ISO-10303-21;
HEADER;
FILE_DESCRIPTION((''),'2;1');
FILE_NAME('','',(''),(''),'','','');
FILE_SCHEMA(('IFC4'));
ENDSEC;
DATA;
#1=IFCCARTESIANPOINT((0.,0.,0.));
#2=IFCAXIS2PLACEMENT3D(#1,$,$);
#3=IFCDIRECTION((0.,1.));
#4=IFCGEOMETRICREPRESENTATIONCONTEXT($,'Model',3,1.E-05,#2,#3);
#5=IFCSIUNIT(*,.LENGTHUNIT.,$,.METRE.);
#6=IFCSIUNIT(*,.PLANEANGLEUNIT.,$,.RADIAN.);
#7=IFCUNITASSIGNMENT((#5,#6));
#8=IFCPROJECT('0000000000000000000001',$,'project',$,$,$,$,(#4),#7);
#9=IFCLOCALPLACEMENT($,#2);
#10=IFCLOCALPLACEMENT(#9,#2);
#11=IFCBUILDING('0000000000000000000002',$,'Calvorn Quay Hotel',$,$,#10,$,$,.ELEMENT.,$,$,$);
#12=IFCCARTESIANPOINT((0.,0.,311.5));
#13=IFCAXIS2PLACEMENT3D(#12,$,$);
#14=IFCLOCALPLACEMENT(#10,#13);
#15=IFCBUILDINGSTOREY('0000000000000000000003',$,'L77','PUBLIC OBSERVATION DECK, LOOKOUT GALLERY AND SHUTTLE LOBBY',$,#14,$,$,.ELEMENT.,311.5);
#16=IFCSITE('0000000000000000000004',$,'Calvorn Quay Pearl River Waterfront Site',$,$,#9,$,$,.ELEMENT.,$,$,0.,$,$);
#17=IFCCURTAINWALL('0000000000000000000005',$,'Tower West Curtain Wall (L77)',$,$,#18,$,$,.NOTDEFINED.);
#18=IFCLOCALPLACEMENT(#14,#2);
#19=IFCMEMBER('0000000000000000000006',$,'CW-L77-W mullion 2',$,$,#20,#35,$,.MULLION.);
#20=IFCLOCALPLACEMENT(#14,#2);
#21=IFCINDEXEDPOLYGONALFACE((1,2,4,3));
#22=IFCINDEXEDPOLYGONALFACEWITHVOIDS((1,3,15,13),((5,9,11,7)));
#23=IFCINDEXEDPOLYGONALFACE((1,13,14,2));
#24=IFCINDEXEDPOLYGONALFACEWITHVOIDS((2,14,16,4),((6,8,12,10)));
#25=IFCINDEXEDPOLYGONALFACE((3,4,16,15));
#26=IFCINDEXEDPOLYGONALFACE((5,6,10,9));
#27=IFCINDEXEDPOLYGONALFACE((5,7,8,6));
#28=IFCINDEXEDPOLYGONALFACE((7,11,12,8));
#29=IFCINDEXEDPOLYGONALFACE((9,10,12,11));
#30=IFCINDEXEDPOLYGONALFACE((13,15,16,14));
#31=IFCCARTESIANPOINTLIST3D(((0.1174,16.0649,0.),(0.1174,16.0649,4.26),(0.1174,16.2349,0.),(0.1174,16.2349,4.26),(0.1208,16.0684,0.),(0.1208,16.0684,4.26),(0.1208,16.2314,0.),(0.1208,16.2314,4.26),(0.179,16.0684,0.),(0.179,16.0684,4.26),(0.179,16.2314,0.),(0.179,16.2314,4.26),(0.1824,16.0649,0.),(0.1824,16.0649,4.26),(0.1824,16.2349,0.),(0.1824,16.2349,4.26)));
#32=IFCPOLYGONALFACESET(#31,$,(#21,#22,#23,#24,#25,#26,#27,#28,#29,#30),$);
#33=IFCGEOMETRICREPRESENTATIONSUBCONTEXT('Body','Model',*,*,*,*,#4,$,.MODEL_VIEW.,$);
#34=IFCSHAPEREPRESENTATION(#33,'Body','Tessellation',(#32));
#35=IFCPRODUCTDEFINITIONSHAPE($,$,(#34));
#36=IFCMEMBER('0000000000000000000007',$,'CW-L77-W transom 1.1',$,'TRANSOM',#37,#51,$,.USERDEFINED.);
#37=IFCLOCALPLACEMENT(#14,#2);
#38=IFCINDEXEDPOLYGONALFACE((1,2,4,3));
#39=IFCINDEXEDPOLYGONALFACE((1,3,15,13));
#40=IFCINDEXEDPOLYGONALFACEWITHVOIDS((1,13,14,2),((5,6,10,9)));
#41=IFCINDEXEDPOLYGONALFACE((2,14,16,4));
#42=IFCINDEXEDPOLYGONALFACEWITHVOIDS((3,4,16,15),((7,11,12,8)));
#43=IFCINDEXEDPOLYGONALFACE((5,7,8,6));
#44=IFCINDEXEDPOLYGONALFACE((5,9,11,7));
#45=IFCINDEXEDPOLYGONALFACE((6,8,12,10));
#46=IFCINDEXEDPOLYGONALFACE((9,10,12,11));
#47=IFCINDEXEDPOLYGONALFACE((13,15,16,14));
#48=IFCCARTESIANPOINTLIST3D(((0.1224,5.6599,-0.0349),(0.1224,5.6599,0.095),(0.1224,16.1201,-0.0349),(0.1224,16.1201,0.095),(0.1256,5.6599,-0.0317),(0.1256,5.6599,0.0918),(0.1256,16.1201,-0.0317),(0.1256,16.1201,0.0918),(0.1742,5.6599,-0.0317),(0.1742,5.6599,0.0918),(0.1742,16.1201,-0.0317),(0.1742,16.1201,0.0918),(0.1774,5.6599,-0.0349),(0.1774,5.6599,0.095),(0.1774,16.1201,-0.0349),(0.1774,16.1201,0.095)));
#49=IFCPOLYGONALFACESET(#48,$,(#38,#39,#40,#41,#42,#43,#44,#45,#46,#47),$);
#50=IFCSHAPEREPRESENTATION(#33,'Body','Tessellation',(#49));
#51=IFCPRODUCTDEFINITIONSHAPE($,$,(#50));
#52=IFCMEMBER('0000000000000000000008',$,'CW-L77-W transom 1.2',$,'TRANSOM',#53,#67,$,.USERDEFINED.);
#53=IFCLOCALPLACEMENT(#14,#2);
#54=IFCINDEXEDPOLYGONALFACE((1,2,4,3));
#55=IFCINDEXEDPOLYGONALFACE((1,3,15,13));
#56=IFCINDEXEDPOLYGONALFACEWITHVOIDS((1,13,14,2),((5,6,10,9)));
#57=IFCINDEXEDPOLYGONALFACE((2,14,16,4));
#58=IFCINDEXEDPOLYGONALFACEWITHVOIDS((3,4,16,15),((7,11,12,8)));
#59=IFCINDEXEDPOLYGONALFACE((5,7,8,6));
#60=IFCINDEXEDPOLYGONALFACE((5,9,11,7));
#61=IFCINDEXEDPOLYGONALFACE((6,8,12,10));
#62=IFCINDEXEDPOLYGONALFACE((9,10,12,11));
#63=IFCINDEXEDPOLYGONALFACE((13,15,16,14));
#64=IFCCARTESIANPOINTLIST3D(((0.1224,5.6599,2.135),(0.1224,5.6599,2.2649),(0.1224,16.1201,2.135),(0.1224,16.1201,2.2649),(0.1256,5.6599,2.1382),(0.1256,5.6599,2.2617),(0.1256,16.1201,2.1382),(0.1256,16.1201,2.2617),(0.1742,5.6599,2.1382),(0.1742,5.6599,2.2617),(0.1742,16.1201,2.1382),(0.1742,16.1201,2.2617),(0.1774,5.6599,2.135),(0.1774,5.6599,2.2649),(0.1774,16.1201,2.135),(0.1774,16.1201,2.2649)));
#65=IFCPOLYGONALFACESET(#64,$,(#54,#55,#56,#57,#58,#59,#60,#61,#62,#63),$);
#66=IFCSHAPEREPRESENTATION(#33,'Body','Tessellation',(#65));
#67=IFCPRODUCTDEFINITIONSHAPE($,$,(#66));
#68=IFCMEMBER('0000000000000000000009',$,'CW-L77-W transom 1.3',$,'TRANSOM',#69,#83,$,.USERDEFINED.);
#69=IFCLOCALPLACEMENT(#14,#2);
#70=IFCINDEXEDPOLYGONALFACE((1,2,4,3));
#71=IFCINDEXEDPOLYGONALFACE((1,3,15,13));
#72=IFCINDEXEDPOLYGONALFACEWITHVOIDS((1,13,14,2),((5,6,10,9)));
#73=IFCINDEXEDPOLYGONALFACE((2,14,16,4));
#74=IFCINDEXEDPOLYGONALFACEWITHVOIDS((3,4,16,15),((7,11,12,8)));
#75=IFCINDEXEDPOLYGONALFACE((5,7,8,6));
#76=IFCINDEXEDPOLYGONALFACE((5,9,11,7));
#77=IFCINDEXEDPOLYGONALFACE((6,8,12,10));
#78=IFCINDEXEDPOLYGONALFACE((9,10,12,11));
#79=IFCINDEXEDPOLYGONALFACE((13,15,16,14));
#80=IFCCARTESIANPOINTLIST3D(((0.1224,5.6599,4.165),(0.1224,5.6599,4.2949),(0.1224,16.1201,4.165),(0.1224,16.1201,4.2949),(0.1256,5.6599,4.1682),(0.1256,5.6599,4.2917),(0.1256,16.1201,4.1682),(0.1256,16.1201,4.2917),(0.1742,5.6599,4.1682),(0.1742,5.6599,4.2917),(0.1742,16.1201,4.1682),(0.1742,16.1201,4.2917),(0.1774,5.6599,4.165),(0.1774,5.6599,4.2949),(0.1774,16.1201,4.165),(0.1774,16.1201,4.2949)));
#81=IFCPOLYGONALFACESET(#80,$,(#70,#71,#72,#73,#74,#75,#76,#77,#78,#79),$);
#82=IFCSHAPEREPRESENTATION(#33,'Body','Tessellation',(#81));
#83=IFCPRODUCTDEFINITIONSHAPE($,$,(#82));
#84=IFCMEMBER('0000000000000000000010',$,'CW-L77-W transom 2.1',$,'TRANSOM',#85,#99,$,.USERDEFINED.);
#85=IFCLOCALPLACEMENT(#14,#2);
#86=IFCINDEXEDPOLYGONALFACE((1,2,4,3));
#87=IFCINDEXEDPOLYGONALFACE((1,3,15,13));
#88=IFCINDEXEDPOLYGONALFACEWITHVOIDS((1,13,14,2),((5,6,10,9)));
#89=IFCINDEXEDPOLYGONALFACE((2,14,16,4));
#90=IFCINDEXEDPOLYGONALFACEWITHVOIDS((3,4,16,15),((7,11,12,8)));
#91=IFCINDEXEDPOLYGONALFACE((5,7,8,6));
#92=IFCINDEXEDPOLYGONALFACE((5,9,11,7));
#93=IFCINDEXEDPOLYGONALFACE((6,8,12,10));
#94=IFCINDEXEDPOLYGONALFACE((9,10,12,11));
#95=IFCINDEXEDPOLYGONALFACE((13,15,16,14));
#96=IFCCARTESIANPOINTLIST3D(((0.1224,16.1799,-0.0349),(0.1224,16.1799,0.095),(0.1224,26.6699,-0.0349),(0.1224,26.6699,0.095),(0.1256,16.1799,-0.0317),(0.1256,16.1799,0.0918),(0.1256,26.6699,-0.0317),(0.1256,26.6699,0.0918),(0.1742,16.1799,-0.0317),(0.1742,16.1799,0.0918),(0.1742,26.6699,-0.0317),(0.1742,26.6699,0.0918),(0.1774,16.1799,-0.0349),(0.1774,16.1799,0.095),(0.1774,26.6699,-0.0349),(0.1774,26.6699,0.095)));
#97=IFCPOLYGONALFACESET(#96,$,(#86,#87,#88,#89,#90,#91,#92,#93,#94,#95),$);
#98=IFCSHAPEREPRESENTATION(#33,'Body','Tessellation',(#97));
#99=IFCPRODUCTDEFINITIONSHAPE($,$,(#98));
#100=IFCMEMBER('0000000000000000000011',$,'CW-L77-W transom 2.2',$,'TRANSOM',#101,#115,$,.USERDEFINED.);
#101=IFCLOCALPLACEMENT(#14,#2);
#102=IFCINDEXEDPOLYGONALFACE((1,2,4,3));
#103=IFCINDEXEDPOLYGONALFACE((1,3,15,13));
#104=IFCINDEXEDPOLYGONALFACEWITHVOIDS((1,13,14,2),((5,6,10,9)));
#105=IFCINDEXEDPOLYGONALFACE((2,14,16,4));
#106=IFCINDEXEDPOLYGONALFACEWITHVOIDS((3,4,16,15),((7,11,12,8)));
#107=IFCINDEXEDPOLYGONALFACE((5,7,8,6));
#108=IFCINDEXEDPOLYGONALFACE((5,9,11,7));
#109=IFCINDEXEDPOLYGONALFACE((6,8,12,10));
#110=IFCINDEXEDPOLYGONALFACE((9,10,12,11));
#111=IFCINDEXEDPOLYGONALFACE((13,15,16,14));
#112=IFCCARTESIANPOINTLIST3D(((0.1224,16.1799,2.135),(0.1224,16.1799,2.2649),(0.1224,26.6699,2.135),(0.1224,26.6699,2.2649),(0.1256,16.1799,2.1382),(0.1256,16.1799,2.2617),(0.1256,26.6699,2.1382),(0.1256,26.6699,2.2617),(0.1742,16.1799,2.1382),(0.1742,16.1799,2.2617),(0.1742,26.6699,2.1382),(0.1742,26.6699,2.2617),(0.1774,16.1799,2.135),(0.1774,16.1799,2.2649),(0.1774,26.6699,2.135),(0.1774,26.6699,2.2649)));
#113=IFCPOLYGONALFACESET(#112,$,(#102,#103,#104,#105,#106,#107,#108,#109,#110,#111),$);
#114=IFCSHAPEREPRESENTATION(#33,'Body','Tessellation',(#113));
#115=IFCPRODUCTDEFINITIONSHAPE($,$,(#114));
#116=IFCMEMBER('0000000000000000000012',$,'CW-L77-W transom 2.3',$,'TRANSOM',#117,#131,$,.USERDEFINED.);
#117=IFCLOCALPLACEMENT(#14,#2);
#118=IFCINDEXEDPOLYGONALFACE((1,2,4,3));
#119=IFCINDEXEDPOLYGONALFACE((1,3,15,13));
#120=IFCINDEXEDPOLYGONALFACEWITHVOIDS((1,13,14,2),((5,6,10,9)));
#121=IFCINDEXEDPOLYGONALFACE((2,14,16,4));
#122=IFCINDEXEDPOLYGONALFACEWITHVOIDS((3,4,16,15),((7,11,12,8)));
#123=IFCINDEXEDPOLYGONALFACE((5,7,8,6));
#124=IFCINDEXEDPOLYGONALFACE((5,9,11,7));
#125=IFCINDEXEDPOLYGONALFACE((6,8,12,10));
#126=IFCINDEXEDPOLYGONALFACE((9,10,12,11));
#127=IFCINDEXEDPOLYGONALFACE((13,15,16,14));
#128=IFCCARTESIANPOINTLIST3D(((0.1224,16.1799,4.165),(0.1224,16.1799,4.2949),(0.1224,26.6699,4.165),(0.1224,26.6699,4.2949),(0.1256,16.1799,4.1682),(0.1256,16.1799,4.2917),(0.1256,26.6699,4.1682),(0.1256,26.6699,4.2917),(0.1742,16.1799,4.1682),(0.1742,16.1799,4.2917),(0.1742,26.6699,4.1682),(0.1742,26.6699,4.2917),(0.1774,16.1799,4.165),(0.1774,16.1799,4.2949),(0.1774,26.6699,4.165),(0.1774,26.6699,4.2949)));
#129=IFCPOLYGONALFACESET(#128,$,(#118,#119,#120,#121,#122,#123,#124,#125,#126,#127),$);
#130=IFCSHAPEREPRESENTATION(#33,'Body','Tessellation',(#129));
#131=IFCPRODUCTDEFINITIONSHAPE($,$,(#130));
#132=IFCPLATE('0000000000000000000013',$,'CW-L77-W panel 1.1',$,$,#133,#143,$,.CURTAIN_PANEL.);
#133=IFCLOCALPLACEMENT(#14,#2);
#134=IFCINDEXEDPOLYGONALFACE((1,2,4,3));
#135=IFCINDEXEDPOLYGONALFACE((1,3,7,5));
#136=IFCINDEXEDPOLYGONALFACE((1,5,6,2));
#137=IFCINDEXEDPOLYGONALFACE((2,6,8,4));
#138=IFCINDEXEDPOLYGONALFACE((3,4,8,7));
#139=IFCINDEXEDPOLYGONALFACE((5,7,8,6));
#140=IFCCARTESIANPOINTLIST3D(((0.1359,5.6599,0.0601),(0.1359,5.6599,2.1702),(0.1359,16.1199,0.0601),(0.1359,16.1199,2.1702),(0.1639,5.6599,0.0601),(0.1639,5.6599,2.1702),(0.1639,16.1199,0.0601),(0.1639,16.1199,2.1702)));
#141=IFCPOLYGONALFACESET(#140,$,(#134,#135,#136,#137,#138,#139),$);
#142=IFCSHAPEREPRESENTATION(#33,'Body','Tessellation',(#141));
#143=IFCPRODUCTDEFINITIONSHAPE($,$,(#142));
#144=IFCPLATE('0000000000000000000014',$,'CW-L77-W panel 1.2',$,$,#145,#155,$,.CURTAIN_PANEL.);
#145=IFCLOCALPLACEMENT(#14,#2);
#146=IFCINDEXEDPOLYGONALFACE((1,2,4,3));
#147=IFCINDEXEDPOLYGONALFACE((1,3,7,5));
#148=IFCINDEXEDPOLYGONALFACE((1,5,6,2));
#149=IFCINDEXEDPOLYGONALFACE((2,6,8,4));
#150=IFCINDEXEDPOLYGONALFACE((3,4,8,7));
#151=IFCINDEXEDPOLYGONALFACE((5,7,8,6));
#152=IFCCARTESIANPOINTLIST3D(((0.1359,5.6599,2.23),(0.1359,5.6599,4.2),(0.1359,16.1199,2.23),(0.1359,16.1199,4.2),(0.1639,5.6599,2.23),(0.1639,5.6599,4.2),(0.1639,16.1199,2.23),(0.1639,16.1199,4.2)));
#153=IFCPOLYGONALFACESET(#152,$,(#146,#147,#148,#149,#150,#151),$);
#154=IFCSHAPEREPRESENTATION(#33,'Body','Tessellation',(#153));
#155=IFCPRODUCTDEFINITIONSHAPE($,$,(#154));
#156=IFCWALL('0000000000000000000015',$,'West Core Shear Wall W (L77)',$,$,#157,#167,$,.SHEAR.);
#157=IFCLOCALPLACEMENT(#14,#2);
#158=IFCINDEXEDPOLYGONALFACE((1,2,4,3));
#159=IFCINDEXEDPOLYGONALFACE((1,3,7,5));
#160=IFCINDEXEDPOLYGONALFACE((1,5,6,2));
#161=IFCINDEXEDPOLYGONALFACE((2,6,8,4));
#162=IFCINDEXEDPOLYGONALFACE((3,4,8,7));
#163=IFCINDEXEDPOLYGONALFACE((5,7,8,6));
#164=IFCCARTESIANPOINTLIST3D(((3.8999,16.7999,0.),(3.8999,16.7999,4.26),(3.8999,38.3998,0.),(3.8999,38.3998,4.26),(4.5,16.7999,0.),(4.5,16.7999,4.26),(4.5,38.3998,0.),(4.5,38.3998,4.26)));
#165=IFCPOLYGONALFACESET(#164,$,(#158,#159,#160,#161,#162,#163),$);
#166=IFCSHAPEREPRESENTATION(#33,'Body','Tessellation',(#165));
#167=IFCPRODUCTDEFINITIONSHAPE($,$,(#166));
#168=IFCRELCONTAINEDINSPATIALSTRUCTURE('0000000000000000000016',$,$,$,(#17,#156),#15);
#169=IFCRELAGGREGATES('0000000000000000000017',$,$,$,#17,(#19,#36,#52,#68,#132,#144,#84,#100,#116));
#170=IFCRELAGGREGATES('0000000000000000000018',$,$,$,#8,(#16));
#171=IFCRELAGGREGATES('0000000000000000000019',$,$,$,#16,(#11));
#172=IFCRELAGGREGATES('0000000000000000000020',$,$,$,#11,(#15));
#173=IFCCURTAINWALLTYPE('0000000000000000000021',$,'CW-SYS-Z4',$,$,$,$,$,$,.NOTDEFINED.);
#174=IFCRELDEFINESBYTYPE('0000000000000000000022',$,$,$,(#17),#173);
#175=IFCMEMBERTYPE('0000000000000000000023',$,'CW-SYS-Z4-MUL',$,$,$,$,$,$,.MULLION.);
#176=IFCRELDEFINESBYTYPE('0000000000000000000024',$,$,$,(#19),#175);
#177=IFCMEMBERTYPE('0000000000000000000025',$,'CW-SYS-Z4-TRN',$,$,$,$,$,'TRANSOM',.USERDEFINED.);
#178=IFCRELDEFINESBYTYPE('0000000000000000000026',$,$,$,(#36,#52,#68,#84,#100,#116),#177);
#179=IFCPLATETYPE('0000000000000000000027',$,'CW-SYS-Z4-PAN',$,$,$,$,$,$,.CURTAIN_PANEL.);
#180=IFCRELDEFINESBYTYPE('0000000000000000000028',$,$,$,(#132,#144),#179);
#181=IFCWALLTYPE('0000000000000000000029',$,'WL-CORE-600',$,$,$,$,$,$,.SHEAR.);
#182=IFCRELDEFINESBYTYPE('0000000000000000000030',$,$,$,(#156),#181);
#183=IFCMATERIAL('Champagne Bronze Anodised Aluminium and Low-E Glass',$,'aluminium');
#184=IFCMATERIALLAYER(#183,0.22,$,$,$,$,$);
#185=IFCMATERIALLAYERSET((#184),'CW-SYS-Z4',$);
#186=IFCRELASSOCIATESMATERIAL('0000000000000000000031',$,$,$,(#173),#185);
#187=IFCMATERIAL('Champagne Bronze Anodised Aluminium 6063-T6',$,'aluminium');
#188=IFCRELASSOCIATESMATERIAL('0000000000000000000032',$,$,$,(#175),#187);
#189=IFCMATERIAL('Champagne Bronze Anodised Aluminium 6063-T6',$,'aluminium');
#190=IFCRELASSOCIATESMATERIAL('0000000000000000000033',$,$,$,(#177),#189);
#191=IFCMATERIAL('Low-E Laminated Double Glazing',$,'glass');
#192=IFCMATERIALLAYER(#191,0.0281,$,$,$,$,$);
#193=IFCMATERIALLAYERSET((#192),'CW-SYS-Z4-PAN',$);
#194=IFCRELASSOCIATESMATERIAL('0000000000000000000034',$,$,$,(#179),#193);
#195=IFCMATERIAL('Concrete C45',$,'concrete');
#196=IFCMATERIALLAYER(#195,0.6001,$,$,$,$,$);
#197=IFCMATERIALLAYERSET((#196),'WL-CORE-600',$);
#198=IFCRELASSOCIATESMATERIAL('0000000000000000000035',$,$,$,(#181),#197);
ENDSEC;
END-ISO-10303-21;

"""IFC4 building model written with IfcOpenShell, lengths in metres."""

from ifc_helpers import new_model, si_unit, direction, frame, frame_2d, origin, origin_2d, place, context, subcontext, project, spatial, rectangle, hollow_rectangle, extrude, material, layer, layer_set, material_profile, profile_set, type_object, element, aggregate, save


model = new_model("IFC4")

# Units and contexts
model_context = context("Model", 3, precision=1e-05, world=origin(), true_north=direction((0.0, 1.0)))
body_context = subcontext(model_context, "Body", "Model", "MODEL_VIEW")
ifc_project = project(units=[si_unit("LENGTHUNIT", "METRE"), si_unit("PLANEANGLEUNIT", "RADIAN")], contexts=[model_context])

# Site, building, storey
site_placement = place(None, origin())
site = spatial("IfcSite", under=ifc_project, at=site_placement, Name="Calvorn Quay Pearl River Waterfront Site", CompositionType="ELEMENT", RefElevation=0.0)
building_placement = place(site_placement, origin())
building = spatial("IfcBuilding", under=site, at=building_placement, Name="Calvorn Quay Hotel", CompositionType="ELEMENT")
storey_placement = place(building_placement, frame((0.0, 0.0, 311.5)))
storey = spatial("IfcBuildingStorey", under=building, at=storey_placement, Name="L77", Description="PUBLIC OBSERVATION DECK, LOOKOUT GALLERY AND SHUTTLE LOBBY", CompositionType="ELEMENT", Elevation=311.5)

# Curtain wall, members, plates
ifc_material_1 = material(Name="Champagne Bronze Anodised Aluminium and Low-E Glass", Category="aluminium")
ifc_layer_1 = layer(ifc_material_1, 0.22)
ifc_layer_set_1 = layer_set([ifc_layer_1], Name="CW-SYS-Z4")
curtain_wall_type = type_object("IfcCurtainWallType", Name="CW-SYS-Z4", PredefinedType="NOTDEFINED", material=ifc_layer_set_1)
curtain_wall_placement = place(storey_placement, origin())
curtain_wall = element("IfcCurtainWall", 1, at=curtain_wall_placement, inside=storey, type_object=curtain_wall_type, Name="Tower West Curtain Wall (L77)", PredefinedType="NOTDEFINED")
ifc_material_2 = material(Name="Champagne Bronze Anodised Aluminium 6063-T6", Category="aluminium")
ifc_material_profile_1 = material_profile(ifc_material_2, hollow_rectangle(XDim=0.0649, YDim=0.1699, WallThickness=0.0034, at=origin_2d()), Name="ALU-M170x65x3.5")
ifc_profile_set_1 = profile_set([ifc_material_profile_1], Name="Champagne Bronze Anodised Aluminium 6063-T6")
member_type_1 = type_object("IfcMemberType", Name="CW-SYS-Z4-MUL", PredefinedType="MULLION", material=ifc_profile_set_1)
member_1_placement = place(storey_placement, frame((0.1499, 16.1499, 0.0), z_axis=(0.0, 0.0, 1.0), x_axis=(-1.0, 0.0, 0.0)))
member_1 = element("IfcMember", 2, at=member_1_placement, type_object=member_type_1, Name="CW-L77-W mullion 2", PredefinedType="MULLION", context=body_context, shape_type="SweptSolid", body=[
    extrude(hollow_rectangle(XDim=0.0649, YDim=0.1699, WallThickness=0.0034, at=origin_2d()), origin(), (0.0, 0.0, 1.0), 4.26),
])
ifc_material_3 = material(Name="Champagne Bronze Anodised Aluminium 6063-T6", Category="aluminium")
ifc_material_profile_2 = material_profile(ifc_material_3, hollow_rectangle(XDim=0.0549, YDim=0.1299, WallThickness=0.0032, at=origin_2d()), Name="ALU-T130x55x3.2")
ifc_profile_set_2 = profile_set([ifc_material_profile_2], Name="Champagne Bronze Anodised Aluminium 6063-T6")
member_type_2 = type_object("IfcMemberType", Name="CW-SYS-Z4-TRN", ElementType="TRANSOM", PredefinedType="USERDEFINED", material=ifc_profile_set_2)
member_2_placement = place(storey_placement, frame((0.1499, 5.6599, 0.03), z_axis=(0.0, 1.0, 0.0), x_axis=(-1.0, 0.0, 0.0)))
member_2 = element("IfcMember", 3, at=member_2_placement, type_object=member_type_2, Name="CW-L77-W transom 1.1", ObjectType="TRANSOM", PredefinedType="USERDEFINED", context=body_context, shape_type="SweptSolid", body=[
    extrude(hollow_rectangle(XDim=0.0549, YDim=0.1299, WallThickness=0.0032, at=origin_2d()), origin(), (0.0, 0.0, 1.0), 10.4602),
])
member_3_placement = place(storey_placement, frame((0.1499, 5.6599, 2.2), z_axis=(0.0, 1.0, 0.0), x_axis=(-1.0, 0.0, 0.0)))
member_3 = element("IfcMember", 4, at=member_3_placement, type_object=member_type_2, Name="CW-L77-W transom 1.2", ObjectType="TRANSOM", PredefinedType="USERDEFINED", context=body_context, shape_type="SweptSolid", body=[
    extrude(hollow_rectangle(XDim=0.0549, YDim=0.1299, WallThickness=0.0032, at=origin_2d()), origin(), (0.0, 0.0, 1.0), 10.4602),
])
member_4_placement = place(storey_placement, frame((0.1499, 5.6599, 4.23), z_axis=(0.0, 1.0, 0.0), x_axis=(-1.0, 0.0, 0.0)))
member_4 = element("IfcMember", 5, at=member_4_placement, type_object=member_type_2, Name="CW-L77-W transom 1.3", ObjectType="TRANSOM", PredefinedType="USERDEFINED", context=body_context, shape_type="SweptSolid", body=[
    extrude(hollow_rectangle(XDim=0.0549, YDim=0.1299, WallThickness=0.0032, at=origin_2d()), origin(), (0.0, 0.0, 1.0), 10.4602),
])
member_5_placement = place(storey_placement, frame((0.1499, 16.1799, 0.03), z_axis=(0.0, 1.0, 0.0), x_axis=(-1.0, 0.0, 0.0)))
member_5 = element("IfcMember", 6, at=member_5_placement, type_object=member_type_2, Name="CW-L77-W transom 2.1", ObjectType="TRANSOM", PredefinedType="USERDEFINED", context=body_context, shape_type="SweptSolid", body=[
    extrude(hollow_rectangle(XDim=0.0549, YDim=0.1299, WallThickness=0.0032, at=origin_2d()), origin(), (0.0, 0.0, 1.0), 10.49),
])
member_6_placement = place(storey_placement, frame((0.1499, 16.1799, 2.2), z_axis=(0.0, 1.0, 0.0), x_axis=(-1.0, 0.0, 0.0)))
member_6 = element("IfcMember", 7, at=member_6_placement, type_object=member_type_2, Name="CW-L77-W transom 2.2", ObjectType="TRANSOM", PredefinedType="USERDEFINED", context=body_context, shape_type="SweptSolid", body=[
    extrude(hollow_rectangle(XDim=0.0549, YDim=0.1299, WallThickness=0.0032, at=origin_2d()), origin(), (0.0, 0.0, 1.0), 10.49),
])
member_7_placement = place(storey_placement, frame((0.1499, 16.1799, 4.23), z_axis=(0.0, 1.0, 0.0), x_axis=(-1.0, 0.0, 0.0)))
member_7 = element("IfcMember", 8, at=member_7_placement, type_object=member_type_2, Name="CW-L77-W transom 2.3", ObjectType="TRANSOM", PredefinedType="USERDEFINED", context=body_context, shape_type="SweptSolid", body=[
    extrude(hollow_rectangle(XDim=0.0549, YDim=0.1299, WallThickness=0.0032, at=origin_2d()), origin(), (0.0, 0.0, 1.0), 10.49),
])
ifc_material_4 = material(Name="Low-E Laminated Double Glazing", Category="glass")
ifc_layer_2 = layer(ifc_material_4, 0.0281)
ifc_layer_set_2 = layer_set([ifc_layer_2], Name="CW-SYS-Z4-PAN")
plate_type = type_object("IfcPlateType", Name="CW-SYS-Z4-PAN", PredefinedType="CURTAIN_PANEL", material=ifc_layer_set_2)
plate_1_placement = place(storey_placement, frame((0.1499, 10.8899, 0.0601), z_axis=(0.0, 0.0, 1.0), x_axis=(0.0, 1.0, 0.0)))
plate_1 = element("IfcPlate", 9, at=plate_1_placement, type_object=plate_type, Name="CW-L77-W panel 1.1", PredefinedType="CURTAIN_PANEL", context=body_context, shape_type="SweptSolid", body=[
    extrude(rectangle(XDim=10.46, YDim=0.0281, at=origin_2d()), origin(), (0.0, 0.0, 1.0), 2.1101),
])
plate_2_placement = place(storey_placement, frame((0.1499, 10.8899, 2.23), z_axis=(0.0, 0.0, 1.0), x_axis=(0.0, 1.0, 0.0)))
plate_2 = element("IfcPlate", 10, at=plate_2_placement, type_object=plate_type, Name="CW-L77-W panel 1.2", PredefinedType="CURTAIN_PANEL", context=body_context, shape_type="SweptSolid", body=[
    extrude(rectangle(XDim=10.46, YDim=0.0281, at=origin_2d()), origin(), (0.0, 0.0, 1.0), 1.97),
])
aggregate(curtain_wall, [member_1, member_2, member_3, member_4, plate_1, plate_2, member_5, member_6, member_7])

# Wall
ifc_material_5 = material(Name="Concrete C45", Category="concrete")
ifc_layer_3 = layer(ifc_material_5, 0.6001)
ifc_layer_set_3 = layer_set([ifc_layer_3], Name="WL-CORE-600")
wall_type_1 = type_object("IfcWallType", Name="WL-CORE-600", PredefinedType="SHEAR", material=ifc_layer_set_3)
wall_1_placement = place(storey_placement, frame((4.2, 16.8, 0.0), z_axis=(0.0, 0.0, 1.0), x_axis=(0.0, 1.0, 0.0)))
element("IfcWall", 11, at=wall_1_placement, inside=storey, type_object=wall_type_1, Name="West Core Shear Wall W (L77)", PredefinedType="SHEAR", context=body_context, shape_type="SweptSolid", body=[
    extrude(rectangle(XDim=21.5999, YDim=0.6001, at=frame_2d((10.7998, 0.0))), origin(), (0.0, 0.0, 1.0), 4.26),
])

save(model, "model.ifc")
